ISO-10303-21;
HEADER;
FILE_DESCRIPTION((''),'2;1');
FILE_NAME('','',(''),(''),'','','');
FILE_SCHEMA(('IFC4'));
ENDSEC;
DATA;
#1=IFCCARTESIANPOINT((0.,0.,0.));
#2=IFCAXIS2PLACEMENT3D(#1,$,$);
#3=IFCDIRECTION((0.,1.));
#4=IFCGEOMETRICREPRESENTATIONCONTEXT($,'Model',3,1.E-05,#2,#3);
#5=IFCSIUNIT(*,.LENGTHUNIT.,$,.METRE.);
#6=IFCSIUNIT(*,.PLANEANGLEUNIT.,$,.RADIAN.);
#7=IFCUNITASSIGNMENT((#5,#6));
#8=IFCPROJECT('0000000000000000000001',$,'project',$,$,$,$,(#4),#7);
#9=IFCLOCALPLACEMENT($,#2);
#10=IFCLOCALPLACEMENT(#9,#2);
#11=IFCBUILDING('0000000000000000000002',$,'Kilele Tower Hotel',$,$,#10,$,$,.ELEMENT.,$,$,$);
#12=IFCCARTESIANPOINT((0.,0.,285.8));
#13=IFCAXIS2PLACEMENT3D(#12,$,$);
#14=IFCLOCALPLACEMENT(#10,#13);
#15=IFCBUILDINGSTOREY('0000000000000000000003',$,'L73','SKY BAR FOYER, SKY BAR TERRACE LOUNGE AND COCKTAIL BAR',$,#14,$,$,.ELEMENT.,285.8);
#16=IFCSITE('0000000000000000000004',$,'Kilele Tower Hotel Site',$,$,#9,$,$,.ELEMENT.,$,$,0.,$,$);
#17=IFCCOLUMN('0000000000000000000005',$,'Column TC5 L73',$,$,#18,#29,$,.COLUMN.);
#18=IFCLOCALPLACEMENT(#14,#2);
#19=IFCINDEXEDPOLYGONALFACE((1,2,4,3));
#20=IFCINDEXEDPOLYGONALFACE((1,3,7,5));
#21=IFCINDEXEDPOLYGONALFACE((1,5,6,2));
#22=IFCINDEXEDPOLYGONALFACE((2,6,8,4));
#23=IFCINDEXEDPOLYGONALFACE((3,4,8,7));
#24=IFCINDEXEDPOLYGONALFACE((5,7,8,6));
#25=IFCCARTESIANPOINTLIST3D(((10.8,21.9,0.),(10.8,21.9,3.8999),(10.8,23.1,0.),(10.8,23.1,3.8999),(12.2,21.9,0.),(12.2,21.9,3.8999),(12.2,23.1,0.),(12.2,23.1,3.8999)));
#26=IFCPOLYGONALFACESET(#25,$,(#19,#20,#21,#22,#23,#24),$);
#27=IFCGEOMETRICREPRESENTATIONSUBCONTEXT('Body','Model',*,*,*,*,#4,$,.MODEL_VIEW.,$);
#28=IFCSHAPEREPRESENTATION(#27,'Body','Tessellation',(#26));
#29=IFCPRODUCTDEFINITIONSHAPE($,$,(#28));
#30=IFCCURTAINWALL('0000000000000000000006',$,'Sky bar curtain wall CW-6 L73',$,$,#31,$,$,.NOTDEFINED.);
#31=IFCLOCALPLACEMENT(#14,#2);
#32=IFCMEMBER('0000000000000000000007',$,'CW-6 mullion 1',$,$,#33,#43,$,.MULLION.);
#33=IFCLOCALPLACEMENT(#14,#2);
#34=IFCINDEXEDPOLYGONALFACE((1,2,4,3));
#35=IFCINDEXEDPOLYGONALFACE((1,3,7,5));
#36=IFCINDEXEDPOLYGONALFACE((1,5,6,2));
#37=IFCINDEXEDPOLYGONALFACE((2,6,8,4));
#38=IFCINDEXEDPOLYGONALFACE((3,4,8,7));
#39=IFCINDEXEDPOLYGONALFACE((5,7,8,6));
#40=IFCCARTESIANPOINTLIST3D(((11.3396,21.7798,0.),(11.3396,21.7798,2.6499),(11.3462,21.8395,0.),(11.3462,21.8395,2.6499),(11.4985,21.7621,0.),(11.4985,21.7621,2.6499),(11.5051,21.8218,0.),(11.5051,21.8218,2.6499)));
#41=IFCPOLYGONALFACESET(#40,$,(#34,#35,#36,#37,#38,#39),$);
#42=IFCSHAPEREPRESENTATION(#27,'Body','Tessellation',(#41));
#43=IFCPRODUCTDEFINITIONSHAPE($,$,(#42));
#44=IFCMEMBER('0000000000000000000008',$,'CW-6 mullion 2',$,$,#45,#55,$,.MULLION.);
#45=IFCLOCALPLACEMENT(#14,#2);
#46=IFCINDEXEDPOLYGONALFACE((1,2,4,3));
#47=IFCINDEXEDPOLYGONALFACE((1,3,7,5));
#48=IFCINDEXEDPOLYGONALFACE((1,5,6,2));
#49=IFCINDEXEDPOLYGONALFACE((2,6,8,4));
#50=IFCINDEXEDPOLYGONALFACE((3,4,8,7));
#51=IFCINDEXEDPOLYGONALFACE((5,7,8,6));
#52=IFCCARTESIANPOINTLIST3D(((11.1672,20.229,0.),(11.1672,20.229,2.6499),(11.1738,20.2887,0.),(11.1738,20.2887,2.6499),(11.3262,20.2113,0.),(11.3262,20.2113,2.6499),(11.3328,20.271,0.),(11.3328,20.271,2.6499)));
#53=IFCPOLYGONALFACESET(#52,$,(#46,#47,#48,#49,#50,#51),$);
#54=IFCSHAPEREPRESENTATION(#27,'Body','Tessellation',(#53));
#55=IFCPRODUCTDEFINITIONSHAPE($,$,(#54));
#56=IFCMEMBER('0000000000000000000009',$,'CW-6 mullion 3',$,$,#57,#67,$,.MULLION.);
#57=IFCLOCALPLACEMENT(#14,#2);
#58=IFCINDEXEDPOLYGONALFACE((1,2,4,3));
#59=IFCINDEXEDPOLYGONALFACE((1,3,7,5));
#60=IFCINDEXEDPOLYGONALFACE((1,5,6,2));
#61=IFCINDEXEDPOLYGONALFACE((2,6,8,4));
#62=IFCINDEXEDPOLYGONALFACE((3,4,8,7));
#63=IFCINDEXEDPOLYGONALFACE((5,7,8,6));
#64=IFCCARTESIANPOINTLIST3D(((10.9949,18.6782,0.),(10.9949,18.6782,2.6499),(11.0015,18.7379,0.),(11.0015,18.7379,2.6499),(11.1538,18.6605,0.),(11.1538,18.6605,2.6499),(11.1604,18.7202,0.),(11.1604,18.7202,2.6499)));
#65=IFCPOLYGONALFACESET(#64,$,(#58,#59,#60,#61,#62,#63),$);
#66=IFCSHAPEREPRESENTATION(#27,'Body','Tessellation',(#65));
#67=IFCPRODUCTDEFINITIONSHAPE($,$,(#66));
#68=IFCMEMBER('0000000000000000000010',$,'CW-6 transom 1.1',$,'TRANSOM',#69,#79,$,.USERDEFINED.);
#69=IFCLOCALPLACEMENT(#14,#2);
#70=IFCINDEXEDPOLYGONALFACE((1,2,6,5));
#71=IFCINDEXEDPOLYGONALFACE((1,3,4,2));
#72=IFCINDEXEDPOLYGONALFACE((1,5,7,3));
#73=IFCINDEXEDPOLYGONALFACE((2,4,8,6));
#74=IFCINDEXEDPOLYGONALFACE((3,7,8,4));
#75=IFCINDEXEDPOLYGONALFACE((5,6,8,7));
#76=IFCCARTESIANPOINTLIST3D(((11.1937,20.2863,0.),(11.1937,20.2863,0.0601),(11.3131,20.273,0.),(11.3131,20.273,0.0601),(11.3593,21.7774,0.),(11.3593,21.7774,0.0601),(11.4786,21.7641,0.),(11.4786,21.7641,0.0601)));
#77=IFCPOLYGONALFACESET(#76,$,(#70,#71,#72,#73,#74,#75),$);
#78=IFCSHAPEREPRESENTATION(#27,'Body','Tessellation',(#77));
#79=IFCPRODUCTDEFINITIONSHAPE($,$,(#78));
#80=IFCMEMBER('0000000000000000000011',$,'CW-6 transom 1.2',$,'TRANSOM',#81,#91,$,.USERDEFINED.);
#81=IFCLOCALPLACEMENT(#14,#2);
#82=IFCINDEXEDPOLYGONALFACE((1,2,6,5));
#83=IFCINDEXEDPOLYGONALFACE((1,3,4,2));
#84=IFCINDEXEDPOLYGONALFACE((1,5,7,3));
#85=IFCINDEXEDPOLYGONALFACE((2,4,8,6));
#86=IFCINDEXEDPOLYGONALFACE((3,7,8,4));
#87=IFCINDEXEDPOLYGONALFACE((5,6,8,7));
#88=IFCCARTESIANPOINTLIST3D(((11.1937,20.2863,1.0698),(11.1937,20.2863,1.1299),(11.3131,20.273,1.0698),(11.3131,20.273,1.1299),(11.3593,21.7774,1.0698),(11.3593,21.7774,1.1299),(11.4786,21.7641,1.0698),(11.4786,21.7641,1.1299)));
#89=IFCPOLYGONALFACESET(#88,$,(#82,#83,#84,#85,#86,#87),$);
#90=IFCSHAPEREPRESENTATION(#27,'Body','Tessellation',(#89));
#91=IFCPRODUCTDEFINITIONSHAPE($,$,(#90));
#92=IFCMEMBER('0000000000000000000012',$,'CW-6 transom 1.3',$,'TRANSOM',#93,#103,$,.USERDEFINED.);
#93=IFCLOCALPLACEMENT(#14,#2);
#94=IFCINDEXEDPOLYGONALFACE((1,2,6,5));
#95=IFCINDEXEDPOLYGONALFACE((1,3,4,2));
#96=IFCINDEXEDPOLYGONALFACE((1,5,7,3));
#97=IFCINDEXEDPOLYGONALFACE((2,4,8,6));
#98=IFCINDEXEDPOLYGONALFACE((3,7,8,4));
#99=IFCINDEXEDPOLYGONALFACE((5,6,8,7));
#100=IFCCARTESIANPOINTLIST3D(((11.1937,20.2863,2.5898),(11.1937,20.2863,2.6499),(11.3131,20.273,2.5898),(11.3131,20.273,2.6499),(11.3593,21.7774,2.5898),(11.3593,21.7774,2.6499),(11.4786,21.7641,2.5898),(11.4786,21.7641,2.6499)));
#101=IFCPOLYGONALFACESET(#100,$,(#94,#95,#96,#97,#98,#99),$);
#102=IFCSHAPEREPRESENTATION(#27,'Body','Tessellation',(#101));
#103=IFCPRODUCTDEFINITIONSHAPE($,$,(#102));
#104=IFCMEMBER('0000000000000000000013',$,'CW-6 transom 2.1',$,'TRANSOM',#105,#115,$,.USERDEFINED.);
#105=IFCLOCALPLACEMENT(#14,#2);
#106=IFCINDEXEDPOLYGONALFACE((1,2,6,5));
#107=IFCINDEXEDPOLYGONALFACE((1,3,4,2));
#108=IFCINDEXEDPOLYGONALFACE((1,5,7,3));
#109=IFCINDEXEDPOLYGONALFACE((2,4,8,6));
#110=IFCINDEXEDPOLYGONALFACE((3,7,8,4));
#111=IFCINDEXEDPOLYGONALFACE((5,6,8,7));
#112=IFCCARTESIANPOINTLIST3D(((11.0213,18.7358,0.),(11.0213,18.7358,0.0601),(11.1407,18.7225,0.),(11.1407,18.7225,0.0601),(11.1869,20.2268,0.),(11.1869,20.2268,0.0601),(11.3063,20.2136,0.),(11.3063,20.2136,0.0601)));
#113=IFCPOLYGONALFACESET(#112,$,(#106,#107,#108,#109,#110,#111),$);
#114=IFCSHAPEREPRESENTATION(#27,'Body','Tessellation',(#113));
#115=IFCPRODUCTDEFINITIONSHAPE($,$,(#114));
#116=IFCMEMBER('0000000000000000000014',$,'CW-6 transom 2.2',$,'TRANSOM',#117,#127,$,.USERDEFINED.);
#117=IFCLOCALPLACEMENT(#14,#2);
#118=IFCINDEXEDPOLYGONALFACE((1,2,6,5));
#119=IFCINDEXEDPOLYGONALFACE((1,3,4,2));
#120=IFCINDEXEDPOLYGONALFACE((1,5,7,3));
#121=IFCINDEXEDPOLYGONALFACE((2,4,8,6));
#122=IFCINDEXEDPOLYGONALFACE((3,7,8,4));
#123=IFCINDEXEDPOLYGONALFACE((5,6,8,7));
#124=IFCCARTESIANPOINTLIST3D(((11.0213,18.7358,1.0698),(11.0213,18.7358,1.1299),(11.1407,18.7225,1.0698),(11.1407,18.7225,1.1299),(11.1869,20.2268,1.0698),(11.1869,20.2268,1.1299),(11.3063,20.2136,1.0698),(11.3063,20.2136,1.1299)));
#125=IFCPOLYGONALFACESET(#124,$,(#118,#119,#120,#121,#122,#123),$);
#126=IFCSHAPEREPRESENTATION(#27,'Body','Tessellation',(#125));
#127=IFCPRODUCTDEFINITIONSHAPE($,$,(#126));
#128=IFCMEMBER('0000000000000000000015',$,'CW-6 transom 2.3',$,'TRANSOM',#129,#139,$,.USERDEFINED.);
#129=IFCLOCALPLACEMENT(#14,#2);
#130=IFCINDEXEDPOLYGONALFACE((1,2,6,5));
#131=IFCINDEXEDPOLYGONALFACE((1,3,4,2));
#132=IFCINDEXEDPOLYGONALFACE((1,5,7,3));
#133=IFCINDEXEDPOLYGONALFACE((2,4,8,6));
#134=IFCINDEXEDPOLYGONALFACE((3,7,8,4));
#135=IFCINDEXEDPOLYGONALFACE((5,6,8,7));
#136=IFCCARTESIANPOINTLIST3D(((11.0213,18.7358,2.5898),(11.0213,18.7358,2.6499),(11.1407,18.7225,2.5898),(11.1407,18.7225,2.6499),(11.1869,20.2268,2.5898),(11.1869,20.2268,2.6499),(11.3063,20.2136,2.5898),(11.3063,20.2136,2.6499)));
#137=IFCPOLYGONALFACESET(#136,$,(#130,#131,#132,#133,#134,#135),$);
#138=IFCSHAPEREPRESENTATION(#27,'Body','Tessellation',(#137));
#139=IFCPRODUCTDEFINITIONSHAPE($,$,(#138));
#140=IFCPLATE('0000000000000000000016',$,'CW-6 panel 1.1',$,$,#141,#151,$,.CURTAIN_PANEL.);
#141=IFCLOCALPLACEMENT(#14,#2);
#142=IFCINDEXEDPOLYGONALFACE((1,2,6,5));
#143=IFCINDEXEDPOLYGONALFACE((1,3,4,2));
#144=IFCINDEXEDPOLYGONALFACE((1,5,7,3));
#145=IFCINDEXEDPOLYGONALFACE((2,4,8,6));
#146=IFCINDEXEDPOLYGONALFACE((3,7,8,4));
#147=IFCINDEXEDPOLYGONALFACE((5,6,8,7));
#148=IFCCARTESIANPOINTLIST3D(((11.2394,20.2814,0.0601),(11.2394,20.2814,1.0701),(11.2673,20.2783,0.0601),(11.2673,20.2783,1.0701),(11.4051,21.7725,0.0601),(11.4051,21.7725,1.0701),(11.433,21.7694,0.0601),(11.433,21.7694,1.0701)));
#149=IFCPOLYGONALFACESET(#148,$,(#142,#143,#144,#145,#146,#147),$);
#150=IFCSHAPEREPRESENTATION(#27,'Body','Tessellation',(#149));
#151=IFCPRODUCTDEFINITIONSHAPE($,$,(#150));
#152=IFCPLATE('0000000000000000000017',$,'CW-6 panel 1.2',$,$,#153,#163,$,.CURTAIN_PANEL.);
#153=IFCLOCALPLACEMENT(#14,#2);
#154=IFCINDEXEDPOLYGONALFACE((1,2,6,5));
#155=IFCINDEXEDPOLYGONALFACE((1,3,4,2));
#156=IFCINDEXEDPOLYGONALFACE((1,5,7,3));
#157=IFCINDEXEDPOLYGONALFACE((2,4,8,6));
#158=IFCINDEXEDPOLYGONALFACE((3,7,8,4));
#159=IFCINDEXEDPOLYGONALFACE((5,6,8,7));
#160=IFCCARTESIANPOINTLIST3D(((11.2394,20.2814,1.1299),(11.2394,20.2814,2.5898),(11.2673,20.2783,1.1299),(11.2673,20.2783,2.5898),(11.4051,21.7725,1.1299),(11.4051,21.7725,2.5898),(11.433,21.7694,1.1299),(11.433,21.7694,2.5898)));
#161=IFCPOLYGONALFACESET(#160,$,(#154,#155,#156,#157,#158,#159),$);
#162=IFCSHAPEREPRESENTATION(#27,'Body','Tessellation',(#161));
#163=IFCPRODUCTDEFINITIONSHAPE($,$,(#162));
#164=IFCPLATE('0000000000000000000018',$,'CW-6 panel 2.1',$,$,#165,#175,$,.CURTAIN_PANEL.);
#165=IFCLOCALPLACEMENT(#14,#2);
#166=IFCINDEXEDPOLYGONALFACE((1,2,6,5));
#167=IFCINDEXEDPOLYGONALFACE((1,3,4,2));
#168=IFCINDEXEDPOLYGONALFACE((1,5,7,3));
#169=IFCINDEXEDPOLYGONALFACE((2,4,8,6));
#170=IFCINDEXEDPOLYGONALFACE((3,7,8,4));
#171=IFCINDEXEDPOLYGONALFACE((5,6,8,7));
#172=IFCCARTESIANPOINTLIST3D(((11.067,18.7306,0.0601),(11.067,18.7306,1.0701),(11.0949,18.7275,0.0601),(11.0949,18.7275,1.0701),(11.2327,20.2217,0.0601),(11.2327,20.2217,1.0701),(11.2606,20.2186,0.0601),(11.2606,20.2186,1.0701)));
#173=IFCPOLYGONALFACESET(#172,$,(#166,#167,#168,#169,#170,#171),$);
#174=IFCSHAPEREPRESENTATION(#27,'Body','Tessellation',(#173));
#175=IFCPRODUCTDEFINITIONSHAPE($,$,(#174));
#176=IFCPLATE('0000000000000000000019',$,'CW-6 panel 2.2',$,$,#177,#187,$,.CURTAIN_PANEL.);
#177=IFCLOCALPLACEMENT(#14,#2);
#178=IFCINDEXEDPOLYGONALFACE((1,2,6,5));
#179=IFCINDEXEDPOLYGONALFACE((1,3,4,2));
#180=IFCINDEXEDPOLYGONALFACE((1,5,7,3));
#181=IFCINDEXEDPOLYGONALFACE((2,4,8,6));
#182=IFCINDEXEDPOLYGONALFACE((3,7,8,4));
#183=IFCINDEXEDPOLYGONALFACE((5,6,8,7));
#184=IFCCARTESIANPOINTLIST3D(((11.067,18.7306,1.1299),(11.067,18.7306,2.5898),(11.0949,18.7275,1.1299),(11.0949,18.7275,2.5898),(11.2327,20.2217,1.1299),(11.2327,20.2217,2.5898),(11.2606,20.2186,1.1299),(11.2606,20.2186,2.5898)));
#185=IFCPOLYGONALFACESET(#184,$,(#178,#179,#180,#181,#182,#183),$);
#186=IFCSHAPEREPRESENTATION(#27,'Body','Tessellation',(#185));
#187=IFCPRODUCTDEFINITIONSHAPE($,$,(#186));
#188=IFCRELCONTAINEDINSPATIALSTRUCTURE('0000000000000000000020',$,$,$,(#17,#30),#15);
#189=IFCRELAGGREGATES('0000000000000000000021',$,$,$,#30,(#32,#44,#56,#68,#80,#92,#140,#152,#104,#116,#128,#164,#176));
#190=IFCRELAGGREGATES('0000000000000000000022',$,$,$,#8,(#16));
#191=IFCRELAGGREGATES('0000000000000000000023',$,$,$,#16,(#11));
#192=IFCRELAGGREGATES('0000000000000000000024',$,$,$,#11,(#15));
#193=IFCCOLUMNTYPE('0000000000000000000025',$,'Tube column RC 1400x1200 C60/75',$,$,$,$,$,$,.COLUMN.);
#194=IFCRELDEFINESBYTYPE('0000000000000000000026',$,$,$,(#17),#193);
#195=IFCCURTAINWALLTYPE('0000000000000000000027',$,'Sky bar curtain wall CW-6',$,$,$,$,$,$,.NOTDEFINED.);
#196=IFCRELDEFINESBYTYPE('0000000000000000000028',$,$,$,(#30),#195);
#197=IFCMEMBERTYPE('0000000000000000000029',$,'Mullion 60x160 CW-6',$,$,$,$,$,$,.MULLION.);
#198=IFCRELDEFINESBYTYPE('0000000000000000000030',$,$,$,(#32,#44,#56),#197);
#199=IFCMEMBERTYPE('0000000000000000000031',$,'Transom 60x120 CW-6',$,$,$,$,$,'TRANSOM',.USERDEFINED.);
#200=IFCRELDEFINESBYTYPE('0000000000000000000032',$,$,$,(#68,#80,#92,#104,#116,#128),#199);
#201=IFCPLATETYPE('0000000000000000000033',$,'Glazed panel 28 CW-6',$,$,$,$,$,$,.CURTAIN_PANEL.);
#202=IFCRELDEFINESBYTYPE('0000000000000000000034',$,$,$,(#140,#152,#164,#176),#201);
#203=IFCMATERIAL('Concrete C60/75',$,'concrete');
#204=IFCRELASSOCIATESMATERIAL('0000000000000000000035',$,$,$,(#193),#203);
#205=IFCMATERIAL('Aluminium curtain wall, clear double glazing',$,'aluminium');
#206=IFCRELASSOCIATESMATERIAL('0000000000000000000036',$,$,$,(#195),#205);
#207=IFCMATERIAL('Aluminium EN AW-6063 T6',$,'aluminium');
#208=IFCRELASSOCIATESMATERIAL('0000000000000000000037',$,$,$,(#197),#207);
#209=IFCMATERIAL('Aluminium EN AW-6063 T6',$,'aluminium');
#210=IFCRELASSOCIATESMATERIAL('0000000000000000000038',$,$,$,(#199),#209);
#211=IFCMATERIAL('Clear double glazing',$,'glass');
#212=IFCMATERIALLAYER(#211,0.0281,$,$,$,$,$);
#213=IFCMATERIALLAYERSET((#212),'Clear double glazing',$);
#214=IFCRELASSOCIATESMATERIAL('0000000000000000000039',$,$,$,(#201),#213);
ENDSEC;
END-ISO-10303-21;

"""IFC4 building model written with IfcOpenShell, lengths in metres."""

from ifc_helpers import new_model, si_unit, direction, frame, origin, origin_2d, place, context, subcontext, project, spatial, rectangle, extrude, material, layer, layer_set, material_profile, profile_set, type_object, element, aggregate, save


model = new_model("IFC4")

# Units and contexts
model_context = context("Model", 3, precision=1e-05, world=origin(), true_north=direction((0.0, 1.0)))
body_context = subcontext(model_context, "Body", "Model", "MODEL_VIEW")
ifc_project = project(units=[si_unit("LENGTHUNIT", "METRE"), si_unit("PLANEANGLEUNIT", "RADIAN")], contexts=[model_context])

# Site, building, storey
site_placement = place(None, origin())
site = spatial("IfcSite", under=ifc_project, at=site_placement, Name="Kilele Tower Hotel Site", CompositionType="ELEMENT", RefElevation=0.0)
building_placement = place(site_placement, origin())
building = spatial("IfcBuilding", under=site, at=building_placement, Name="Kilele Tower Hotel", CompositionType="ELEMENT")
storey_placement = place(building_placement, frame((0.0, 0.0, 285.8)))
storey = spatial("IfcBuildingStorey", under=building, at=storey_placement, Name="L73", Description="SKY BAR FOYER, SKY BAR TERRACE LOUNGE AND COCKTAIL BAR", CompositionType="ELEMENT", Elevation=285.8)

# Column
ifc_material_1 = material(Name="Concrete C60/75", Category="concrete")
ifc_material_profile_1 = material_profile(ifc_material_1, rectangle(XDim=1.3999, YDim=1.2, at=origin_2d()))
ifc_profile_set_1 = profile_set([ifc_material_profile_1], Name="Concrete C60/75")
column_type = type_object("IfcColumnType", Name="Tube column RC 1400x1200 C60/75", PredefinedType="COLUMN", material=ifc_profile_set_1)
column_placement = place(storey_placement, frame((11.5, 22.5, 0.0), z_axis=(0.0, 0.0, 1.0), x_axis=(1.0, 0.0, 0.0)))
element("IfcColumn", 1, at=column_placement, inside=storey, type_object=column_type, Name="Column TC5 L73", PredefinedType="COLUMN", context=body_context, shape_type="SweptSolid", body=[
    extrude(rectangle(XDim=1.3999, YDim=1.2, at=origin_2d()), origin(), (0.0, 0.0, 1.0), 3.8999),
])

# Curtain wall, members, plates
ifc_material_2 = material(Name="Aluminium curtain wall, clear double glazing", Category="aluminium")
curtain_wall_type = type_object("IfcCurtainWallType", Name="Sky bar curtain wall CW-6", PredefinedType="NOTDEFINED", material=ifc_material_2)
curtain_wall_placement = place(storey_placement, origin())
curtain_wall = element("IfcCurtainWall", 2, at=curtain_wall_placement, inside=storey, type_object=curtain_wall_type, Name="Sky bar curtain wall CW-6 L73", PredefinedType="NOTDEFINED")
ifc_material_3 = material(Name="Aluminium EN AW-6063 T6", Category="aluminium")
ifc_material_profile_2 = material_profile(ifc_material_3, rectangle(XDim=0.1599, YDim=0.0601, at=origin_2d()))
ifc_profile_set_2 = profile_set([ifc_material_profile_2], Name="Aluminium EN AW-6063 T6")
member_type_1 = type_object("IfcMemberType", Name="Mullion 60x160 CW-6", PredefinedType="MULLION", material=ifc_profile_set_2)
member_1_placement = place(storey_placement, frame((11.4224, 21.8008, 0.0), z_axis=(0.0, 0.0, 1.0), x_axis=(0.993884, -0.110432, 0.0)))
member_1 = element("IfcMember", 3, at=member_1_placement, type_object=member_type_1, Name="CW-6 mullion 1", PredefinedType="MULLION", context=body_context, shape_type="SweptSolid", body=[
    extrude(rectangle(XDim=0.1599, YDim=0.0601, at=origin_2d()), origin(), (0.0, 0.0, 1.0), 2.6499),
])
member_2_placement = place(storey_placement, frame((11.25, 20.25, 0.0), z_axis=(0.0, 0.0, 1.0), x_axis=(0.993884, -0.110432, 0.0)))
member_2 = element("IfcMember", 4, at=member_2_placement, type_object=member_type_1, Name="CW-6 mullion 2", PredefinedType="MULLION", context=body_context, shape_type="SweptSolid", body=[
    extrude(rectangle(XDim=0.1599, YDim=0.0601, at=origin_2d()), origin(), (0.0, 0.0, 1.0), 2.6499),
])
member_3_placement = place(storey_placement, frame((11.0776, 18.6992, 0.0), z_axis=(0.0, 0.0, 1.0), x_axis=(0.993884, -0.110432, 0.0)))
member_3 = element("IfcMember", 5, at=member_3_placement, type_object=member_type_1, Name="CW-6 mullion 3", PredefinedType="MULLION", context=body_context, shape_type="SweptSolid", body=[
    extrude(rectangle(XDim=0.1599, YDim=0.0601, at=origin_2d()), origin(), (0.0, 0.0, 1.0), 2.6499),
])
ifc_material_4 = material(Name="Aluminium EN AW-6063 T6", Category="aluminium")
ifc_material_profile_3 = material_profile(ifc_material_4, rectangle(XDim=0.1201, YDim=0.0601, at=origin_2d()))
ifc_profile_set_3 = profile_set([ifc_material_profile_3], Name="Aluminium EN AW-6063 T6")
member_type_2 = type_object("IfcMemberType", Name="Transom 60x120 CW-6", ElementType="TRANSOM", PredefinedType="USERDEFINED", material=ifc_profile_set_3)
member_4_placement = place(storey_placement, frame((11.4189, 21.7708, 0.03), z_axis=(-0.110342, -0.993894, 0.0), x_axis=(0.993894, -0.110342, 0.0)))
member_4 = element("IfcMember", 6, at=member_4_placement, type_object=member_type_2, Name="CW-6 transom 1.1", ObjectType="TRANSOM", PredefinedType="USERDEFINED", context=body_context, shape_type="SweptSolid", body=[
    extrude(rectangle(XDim=0.1201, YDim=0.0601, at=origin_2d()), origin(), (0.0, 0.0, 1.0), 1.5002),
])
member_5_placement = place(storey_placement, frame((11.4189, 21.7708, 1.0999), z_axis=(-0.110342, -0.993894, 0.0), x_axis=(0.993894, -0.110342, 0.0)))
member_5 = element("IfcMember", 7, at=member_5_placement, type_object=member_type_2, Name="CW-6 transom 1.2", ObjectType="TRANSOM", PredefinedType="USERDEFINED", context=body_context, shape_type="SweptSolid", body=[
    extrude(rectangle(XDim=0.1201, YDim=0.0601, at=origin_2d()), origin(), (0.0, 0.0, 1.0), 1.5002),
])
member_6_placement = place(storey_placement, frame((11.4189, 21.7708, 2.6199), z_axis=(-0.110342, -0.993894, 0.0), x_axis=(0.993894, -0.110342, 0.0)))
member_6 = element("IfcMember", 8, at=member_6_placement, type_object=member_type_2, Name="CW-6 transom 1.3", ObjectType="TRANSOM", PredefinedType="USERDEFINED", context=body_context, shape_type="SweptSolid", body=[
    extrude(rectangle(XDim=0.1201, YDim=0.0601, at=origin_2d()), origin(), (0.0, 0.0, 1.0), 1.5002),
])
member_7_placement = place(storey_placement, frame((11.2466, 20.2202, 0.03), z_axis=(-0.110342, -0.993894, 0.0), x_axis=(0.993894, -0.110342, 0.0)))
member_7 = element("IfcMember", 9, at=member_7_placement, type_object=member_type_2, Name="CW-6 transom 2.1", ObjectType="TRANSOM", PredefinedType="USERDEFINED", context=body_context, shape_type="SweptSolid", body=[
    extrude(rectangle(XDim=0.1201, YDim=0.0601, at=origin_2d()), origin(), (0.0, 0.0, 1.0), 1.5002),
])
member_8_placement = place(storey_placement, frame((11.2466, 20.2202, 1.0999), z_axis=(-0.110342, -0.993894, 0.0), x_axis=(0.993894, -0.110342, 0.0)))
member_8 = element("IfcMember", 10, at=member_8_placement, type_object=member_type_2, Name="CW-6 transom 2.2", ObjectType="TRANSOM", PredefinedType="USERDEFINED", context=body_context, shape_type="SweptSolid", body=[
    extrude(rectangle(XDim=0.1201, YDim=0.0601, at=origin_2d()), origin(), (0.0, 0.0, 1.0), 1.5002),
])
member_9_placement = place(storey_placement, frame((11.2466, 20.2202, 2.6199), z_axis=(-0.110342, -0.993894, 0.0), x_axis=(0.993894, -0.110342, 0.0)))
member_9 = element("IfcMember", 11, at=member_9_placement, type_object=member_type_2, Name="CW-6 transom 2.3", ObjectType="TRANSOM", PredefinedType="USERDEFINED", context=body_context, shape_type="SweptSolid", body=[
    extrude(rectangle(XDim=0.1201, YDim=0.0601, at=origin_2d()), origin(), (0.0, 0.0, 1.0), 1.5002),
])
ifc_material_5 = material(Name="Clear double glazing", Category="glass")
ifc_layer_1 = layer(ifc_material_5, 0.0281)
ifc_layer_set_1 = layer_set([ifc_layer_1], Name="Clear double glazing")
plate_type = type_object("IfcPlateType", Name="Glazed panel 28 CW-6", PredefinedType="CURTAIN_PANEL", material=ifc_layer_set_1)
plate_1_placement = place(storey_placement, frame((11.3362, 21.0254, 0.0601), z_axis=(0.0, 0.0, 1.0), x_axis=(-0.110432, -0.993884, 0.0)))
plate_1 = element("IfcPlate", 12, at=plate_1_placement, type_object=plate_type, Name="CW-6 panel 1.1", PredefinedType="CURTAIN_PANEL", context=body_context, shape_type="SweptSolid", body=[
    extrude(rectangle(XDim=1.5002, YDim=0.0281, at=origin_2d()), origin(), (0.0, 0.0, 1.0), 1.01),
])
plate_2_placement = place(storey_placement, frame((11.3362, 21.0254, 1.1299), z_axis=(0.0, 0.0, 1.0), x_axis=(-0.110432, -0.993884, 0.0)))
plate_2 = element("IfcPlate", 13, at=plate_2_placement, type_object=plate_type, Name="CW-6 panel 1.2", PredefinedType="CURTAIN_PANEL", context=body_context, shape_type="SweptSolid", body=[
    extrude(rectangle(XDim=1.5002, YDim=0.0281, at=origin_2d()), origin(), (0.0, 0.0, 1.0), 1.46),
])
plate_3_placement = place(storey_placement, frame((11.1638, 19.4746, 0.0601), z_axis=(0.0, 0.0, 1.0), x_axis=(-0.110432, -0.993884, 0.0)))
plate_3 = element("IfcPlate", 14, at=plate_3_placement, type_object=plate_type, Name="CW-6 panel 2.1", PredefinedType="CURTAIN_PANEL", context=body_context, shape_type="SweptSolid", body=[
    extrude(rectangle(XDim=1.5002, YDim=0.0281, at=origin_2d()), origin(), (0.0, 0.0, 1.0), 1.01),
])
plate_4_placement = place(storey_placement, frame((11.1638, 19.4746, 1.1299), z_axis=(0.0, 0.0, 1.0), x_axis=(-0.110432, -0.993884, 0.0)))
plate_4 = element("IfcPlate", 15, at=plate_4_placement, type_object=plate_type, Name="CW-6 panel 2.2", PredefinedType="CURTAIN_PANEL", context=body_context, shape_type="SweptSolid", body=[
    extrude(rectangle(XDim=1.5002, YDim=0.0281, at=origin_2d()), origin(), (0.0, 0.0, 1.0), 1.46),
])
aggregate(curtain_wall, [member_1, member_2, member_3, member_4, member_5, member_6, plate_1, plate_2, member_7, member_8, member_9, plate_3, plate_4])

save(model, "model.ifc")
